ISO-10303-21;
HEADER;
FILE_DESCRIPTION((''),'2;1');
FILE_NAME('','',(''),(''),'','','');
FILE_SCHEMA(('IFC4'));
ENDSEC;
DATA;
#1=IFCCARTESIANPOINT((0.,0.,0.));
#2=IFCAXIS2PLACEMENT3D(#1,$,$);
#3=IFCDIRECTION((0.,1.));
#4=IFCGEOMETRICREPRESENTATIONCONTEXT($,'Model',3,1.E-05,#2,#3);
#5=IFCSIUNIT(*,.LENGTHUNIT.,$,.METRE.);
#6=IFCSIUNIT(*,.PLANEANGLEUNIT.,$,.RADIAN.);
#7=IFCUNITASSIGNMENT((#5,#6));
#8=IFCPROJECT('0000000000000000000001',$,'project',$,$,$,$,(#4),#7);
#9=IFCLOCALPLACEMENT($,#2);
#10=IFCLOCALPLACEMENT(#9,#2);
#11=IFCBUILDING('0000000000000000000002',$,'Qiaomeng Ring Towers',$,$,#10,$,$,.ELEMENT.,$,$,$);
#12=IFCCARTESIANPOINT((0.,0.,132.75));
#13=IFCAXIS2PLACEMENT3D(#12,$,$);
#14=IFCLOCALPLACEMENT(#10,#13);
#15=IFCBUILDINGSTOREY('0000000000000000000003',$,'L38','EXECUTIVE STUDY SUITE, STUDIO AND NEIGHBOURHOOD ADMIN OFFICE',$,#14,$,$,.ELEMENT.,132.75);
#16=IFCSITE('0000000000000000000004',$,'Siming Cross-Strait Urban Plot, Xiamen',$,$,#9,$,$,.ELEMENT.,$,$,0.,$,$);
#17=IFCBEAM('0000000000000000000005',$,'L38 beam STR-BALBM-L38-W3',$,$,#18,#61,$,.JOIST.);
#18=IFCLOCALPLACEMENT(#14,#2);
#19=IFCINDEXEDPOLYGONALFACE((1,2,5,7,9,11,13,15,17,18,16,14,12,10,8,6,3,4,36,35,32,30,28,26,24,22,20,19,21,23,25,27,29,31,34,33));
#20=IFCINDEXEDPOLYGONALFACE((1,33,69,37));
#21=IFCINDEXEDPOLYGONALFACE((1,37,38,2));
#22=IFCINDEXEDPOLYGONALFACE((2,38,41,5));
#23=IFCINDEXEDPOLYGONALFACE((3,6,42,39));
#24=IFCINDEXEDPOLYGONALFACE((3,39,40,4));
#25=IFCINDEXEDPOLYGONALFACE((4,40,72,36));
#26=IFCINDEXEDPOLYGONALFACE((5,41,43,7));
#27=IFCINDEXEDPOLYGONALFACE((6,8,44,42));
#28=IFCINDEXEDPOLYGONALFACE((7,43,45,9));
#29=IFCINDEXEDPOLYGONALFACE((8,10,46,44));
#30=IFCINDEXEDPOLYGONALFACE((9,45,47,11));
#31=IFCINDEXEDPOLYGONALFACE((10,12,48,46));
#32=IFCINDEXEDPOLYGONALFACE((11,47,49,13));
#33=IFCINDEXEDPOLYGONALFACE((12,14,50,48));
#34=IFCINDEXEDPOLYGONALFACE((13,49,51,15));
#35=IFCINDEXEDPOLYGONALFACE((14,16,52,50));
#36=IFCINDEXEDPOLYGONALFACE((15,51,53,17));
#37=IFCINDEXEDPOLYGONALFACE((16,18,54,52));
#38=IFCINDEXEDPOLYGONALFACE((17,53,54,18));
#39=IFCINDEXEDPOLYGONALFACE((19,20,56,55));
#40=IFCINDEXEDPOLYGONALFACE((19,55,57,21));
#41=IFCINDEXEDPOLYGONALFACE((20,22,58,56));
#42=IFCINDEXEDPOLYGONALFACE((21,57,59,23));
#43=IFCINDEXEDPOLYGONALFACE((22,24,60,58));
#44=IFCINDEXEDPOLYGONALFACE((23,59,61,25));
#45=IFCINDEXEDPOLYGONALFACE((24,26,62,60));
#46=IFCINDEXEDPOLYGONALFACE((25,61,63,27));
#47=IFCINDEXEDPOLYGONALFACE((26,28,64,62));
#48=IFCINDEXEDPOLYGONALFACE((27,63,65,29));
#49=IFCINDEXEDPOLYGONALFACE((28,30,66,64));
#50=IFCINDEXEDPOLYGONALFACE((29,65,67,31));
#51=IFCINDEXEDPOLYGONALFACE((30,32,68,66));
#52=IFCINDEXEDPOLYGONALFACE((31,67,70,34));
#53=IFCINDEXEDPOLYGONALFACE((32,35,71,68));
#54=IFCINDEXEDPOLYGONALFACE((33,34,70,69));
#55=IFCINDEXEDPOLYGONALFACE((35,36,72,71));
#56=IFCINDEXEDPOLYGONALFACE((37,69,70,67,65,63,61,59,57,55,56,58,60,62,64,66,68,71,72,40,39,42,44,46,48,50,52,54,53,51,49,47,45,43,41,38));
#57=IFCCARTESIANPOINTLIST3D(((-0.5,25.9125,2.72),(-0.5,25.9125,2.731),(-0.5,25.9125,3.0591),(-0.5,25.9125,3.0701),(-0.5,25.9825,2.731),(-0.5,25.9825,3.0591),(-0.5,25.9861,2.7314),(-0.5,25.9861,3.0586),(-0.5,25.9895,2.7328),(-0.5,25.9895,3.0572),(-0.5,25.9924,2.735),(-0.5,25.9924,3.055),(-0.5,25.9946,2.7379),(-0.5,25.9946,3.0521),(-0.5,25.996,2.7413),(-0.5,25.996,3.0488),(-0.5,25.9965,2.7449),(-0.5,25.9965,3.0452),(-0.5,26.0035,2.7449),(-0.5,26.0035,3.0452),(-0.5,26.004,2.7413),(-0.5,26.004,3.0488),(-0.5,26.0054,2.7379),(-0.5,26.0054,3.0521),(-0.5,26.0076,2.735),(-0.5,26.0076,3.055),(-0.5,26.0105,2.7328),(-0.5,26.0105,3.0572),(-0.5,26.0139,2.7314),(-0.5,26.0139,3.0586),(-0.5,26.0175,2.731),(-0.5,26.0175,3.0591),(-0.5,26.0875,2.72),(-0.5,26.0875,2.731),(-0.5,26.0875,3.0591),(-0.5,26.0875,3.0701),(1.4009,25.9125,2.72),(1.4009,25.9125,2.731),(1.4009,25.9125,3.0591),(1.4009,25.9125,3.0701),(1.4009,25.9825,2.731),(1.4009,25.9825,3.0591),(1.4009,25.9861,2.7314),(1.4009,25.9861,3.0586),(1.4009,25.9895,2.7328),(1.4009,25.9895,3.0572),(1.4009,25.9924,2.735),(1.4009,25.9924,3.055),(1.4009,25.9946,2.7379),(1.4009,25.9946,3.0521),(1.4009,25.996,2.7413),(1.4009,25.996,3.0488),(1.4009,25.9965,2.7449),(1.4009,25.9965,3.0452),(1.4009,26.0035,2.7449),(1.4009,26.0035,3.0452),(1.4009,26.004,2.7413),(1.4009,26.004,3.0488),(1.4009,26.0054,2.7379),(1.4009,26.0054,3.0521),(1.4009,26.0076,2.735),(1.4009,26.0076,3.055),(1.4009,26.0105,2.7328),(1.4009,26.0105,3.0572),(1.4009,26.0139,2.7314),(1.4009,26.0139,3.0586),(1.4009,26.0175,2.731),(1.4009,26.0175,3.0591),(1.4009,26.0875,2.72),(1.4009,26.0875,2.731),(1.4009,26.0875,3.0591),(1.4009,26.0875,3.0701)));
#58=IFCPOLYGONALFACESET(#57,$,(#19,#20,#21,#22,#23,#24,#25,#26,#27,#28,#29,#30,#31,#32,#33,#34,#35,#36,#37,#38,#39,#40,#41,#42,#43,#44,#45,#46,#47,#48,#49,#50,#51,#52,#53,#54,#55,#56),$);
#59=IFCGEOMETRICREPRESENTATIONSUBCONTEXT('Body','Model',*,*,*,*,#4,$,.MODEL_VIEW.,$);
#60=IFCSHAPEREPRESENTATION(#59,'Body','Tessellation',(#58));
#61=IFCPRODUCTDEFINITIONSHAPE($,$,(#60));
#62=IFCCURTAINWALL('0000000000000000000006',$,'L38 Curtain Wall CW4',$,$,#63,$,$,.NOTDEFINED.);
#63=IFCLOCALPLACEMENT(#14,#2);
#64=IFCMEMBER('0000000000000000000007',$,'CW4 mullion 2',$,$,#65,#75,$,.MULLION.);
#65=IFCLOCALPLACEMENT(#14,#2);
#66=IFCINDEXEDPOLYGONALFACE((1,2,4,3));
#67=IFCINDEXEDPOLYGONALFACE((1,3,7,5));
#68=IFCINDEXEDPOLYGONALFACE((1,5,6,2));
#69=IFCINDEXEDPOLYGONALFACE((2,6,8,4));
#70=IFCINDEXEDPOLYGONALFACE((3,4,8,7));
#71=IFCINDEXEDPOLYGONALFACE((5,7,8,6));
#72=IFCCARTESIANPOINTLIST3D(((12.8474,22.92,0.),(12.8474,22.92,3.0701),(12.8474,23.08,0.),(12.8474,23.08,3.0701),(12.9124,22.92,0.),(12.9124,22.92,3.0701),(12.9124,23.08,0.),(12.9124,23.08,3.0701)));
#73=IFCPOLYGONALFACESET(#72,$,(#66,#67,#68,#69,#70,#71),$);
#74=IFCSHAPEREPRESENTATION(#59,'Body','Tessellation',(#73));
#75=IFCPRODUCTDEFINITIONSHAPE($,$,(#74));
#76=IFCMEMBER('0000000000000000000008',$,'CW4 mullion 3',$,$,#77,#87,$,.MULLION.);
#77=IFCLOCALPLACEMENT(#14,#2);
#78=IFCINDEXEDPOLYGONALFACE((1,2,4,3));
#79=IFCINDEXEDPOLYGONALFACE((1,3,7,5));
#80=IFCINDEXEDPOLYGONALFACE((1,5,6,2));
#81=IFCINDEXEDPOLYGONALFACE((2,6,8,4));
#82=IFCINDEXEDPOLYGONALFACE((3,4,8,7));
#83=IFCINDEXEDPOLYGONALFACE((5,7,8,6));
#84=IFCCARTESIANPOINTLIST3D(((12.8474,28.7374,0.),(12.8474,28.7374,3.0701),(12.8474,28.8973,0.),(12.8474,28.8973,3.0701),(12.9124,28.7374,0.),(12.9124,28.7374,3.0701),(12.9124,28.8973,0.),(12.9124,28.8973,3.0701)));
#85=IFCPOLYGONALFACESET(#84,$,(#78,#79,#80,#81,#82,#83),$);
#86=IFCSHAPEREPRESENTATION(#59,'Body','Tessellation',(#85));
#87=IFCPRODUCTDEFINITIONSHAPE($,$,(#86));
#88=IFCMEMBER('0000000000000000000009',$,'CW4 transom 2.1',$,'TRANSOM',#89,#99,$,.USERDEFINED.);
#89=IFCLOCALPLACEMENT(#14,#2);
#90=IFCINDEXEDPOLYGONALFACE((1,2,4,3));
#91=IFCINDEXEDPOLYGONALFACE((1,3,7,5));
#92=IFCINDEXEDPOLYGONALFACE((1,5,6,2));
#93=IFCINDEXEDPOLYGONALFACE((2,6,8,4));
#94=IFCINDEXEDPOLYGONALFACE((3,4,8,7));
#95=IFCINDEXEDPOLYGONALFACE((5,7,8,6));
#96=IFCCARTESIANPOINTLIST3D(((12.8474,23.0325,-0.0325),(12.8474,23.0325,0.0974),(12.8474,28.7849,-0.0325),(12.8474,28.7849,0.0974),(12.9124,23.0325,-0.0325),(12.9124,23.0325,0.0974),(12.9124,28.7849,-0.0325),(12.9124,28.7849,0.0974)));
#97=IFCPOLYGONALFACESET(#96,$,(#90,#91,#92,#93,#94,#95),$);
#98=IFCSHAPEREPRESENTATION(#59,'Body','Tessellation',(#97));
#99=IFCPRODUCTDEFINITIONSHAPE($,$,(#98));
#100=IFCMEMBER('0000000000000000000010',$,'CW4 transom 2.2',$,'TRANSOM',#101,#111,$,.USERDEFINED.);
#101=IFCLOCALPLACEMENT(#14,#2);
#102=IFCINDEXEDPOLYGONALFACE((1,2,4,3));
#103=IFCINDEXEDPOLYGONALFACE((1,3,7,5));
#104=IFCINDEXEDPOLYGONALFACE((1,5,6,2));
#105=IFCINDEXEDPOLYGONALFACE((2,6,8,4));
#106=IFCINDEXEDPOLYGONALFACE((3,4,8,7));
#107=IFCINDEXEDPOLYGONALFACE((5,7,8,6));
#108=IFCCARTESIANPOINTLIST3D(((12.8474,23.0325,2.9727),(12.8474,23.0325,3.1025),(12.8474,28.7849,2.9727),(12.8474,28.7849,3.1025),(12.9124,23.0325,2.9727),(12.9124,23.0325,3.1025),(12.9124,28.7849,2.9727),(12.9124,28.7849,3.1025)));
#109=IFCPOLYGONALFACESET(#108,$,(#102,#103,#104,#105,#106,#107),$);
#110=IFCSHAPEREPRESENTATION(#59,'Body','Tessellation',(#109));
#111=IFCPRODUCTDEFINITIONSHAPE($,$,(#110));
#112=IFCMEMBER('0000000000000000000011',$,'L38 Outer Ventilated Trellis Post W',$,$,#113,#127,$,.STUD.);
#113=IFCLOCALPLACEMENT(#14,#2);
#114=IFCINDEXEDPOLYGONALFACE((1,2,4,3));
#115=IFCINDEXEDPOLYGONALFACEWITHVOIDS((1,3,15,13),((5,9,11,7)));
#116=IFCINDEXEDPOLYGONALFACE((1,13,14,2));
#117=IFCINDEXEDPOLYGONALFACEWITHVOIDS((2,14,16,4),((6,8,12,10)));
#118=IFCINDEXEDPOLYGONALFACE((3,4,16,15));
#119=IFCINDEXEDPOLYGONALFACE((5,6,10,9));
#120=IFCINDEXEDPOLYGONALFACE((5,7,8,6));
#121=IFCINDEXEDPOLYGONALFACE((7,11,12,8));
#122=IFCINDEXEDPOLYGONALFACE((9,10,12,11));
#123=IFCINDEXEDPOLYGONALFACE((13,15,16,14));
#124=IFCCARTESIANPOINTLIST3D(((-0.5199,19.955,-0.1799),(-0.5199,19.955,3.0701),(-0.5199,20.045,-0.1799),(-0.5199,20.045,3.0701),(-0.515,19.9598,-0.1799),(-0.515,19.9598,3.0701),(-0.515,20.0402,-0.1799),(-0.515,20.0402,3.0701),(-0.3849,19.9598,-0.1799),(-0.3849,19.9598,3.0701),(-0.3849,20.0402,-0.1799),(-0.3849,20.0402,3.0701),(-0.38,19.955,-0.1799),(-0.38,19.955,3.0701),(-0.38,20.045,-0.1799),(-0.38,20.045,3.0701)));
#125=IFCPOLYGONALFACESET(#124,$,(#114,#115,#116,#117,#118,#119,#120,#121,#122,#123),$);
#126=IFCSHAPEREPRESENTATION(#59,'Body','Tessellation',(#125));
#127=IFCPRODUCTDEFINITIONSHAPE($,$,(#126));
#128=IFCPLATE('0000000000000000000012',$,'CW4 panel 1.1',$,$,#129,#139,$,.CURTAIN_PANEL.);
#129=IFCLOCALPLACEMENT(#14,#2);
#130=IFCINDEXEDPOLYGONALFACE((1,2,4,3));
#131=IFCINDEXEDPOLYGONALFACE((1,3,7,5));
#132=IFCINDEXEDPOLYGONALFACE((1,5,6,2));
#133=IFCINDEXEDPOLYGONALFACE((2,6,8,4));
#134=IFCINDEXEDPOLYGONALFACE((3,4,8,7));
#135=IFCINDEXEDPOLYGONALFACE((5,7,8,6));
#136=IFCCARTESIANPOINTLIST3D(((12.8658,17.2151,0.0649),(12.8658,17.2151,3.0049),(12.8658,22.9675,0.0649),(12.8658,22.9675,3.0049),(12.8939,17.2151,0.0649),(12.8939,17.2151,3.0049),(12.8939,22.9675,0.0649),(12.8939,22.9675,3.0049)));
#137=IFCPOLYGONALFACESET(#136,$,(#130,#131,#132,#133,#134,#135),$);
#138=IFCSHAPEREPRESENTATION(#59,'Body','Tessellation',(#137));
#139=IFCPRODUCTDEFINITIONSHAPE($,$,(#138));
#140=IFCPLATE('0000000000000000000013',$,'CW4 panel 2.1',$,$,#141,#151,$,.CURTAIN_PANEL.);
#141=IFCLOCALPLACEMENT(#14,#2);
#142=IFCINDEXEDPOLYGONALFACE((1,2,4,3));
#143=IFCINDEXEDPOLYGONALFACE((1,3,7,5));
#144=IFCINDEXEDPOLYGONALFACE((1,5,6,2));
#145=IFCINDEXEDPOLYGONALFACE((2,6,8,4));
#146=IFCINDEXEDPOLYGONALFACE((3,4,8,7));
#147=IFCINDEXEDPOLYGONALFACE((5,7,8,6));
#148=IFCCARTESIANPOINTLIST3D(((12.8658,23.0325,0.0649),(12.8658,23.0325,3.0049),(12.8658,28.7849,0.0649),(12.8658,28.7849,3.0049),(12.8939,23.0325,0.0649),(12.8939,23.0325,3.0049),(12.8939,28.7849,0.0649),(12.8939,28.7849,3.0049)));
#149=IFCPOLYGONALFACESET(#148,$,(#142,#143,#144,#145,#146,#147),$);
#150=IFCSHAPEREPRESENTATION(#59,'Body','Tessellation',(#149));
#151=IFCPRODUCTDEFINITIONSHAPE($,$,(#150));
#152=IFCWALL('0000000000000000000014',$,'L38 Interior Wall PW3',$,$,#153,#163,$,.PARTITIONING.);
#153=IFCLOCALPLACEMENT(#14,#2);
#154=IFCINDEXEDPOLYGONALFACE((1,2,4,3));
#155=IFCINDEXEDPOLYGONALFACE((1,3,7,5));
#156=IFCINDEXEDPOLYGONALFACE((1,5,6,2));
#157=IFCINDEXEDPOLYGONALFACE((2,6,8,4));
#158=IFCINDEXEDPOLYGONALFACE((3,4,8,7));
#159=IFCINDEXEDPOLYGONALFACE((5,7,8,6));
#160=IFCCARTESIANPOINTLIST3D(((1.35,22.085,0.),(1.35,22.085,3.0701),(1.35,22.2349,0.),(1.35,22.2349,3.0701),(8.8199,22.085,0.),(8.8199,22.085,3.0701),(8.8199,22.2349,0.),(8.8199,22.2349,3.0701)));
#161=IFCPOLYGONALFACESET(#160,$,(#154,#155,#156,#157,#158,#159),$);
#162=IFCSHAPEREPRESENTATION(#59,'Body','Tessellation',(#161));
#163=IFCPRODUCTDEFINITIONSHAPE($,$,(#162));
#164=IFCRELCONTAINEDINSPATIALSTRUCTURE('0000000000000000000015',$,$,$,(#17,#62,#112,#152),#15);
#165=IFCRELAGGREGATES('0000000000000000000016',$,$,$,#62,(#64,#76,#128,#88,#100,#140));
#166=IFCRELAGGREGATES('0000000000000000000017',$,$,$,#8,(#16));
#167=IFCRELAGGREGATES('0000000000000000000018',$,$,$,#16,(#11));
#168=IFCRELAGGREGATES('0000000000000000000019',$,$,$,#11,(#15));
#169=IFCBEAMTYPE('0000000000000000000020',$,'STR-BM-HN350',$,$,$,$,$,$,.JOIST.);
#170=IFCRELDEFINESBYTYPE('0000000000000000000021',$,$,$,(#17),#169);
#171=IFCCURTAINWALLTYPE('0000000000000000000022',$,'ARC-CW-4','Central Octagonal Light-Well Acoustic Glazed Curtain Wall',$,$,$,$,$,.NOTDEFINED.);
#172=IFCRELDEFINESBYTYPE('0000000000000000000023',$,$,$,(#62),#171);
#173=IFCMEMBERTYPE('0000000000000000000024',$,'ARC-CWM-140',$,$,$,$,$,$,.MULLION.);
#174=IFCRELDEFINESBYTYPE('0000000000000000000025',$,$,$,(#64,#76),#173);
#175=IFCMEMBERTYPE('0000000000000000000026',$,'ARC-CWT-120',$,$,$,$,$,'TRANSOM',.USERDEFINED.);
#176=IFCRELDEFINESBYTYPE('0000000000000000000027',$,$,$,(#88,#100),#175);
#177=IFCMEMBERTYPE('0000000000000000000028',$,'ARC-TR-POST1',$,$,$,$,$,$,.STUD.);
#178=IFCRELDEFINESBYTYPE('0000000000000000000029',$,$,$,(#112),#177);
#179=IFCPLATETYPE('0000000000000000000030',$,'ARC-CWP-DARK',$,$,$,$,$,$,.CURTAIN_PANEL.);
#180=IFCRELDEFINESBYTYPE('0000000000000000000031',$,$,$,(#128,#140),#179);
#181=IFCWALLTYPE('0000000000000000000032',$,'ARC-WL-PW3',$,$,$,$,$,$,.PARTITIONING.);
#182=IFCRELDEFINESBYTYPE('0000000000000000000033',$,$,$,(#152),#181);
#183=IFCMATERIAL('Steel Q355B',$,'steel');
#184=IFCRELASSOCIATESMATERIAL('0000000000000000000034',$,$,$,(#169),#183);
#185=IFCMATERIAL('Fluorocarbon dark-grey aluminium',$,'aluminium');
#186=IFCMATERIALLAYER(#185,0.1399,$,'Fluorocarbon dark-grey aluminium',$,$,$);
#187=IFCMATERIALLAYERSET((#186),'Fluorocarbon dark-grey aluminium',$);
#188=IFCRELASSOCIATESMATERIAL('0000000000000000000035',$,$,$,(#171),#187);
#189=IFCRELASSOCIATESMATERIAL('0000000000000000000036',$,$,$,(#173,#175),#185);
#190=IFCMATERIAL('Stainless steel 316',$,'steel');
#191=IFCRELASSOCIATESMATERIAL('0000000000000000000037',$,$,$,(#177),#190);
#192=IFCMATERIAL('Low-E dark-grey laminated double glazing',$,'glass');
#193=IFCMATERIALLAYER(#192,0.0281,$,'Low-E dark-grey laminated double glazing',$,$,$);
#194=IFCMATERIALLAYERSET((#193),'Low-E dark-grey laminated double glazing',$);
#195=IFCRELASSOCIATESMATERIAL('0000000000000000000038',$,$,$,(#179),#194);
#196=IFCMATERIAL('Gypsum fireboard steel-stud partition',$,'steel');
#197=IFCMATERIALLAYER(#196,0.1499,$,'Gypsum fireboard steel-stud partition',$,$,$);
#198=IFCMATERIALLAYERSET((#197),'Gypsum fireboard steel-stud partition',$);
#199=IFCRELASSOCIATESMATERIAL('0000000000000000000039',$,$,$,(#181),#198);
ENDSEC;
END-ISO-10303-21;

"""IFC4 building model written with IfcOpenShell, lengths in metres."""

from ifc_helpers import new_model, si_unit, direction, frame, frame_2d, origin, origin_2d, place, context, subcontext, project, spatial, rectangle, hollow_rectangle, i_section, extrude, source, transform, mapped, material, layer, layer_set, material_profile, profile_set, type_object, element, aggregate, save


model = new_model("IFC4")

# Units and contexts
model_context = context("Model", 3, precision=1e-05, world=origin(), true_north=direction((0.0, 1.0)))
body_context = subcontext(model_context, "Body", "Model", "MODEL_VIEW")
ifc_project = project(units=[si_unit("LENGTHUNIT", "METRE"), si_unit("PLANEANGLEUNIT", "RADIAN")], contexts=[model_context])

# Site, building, storey
site_placement = place(None, origin())
site = spatial("IfcSite", under=ifc_project, at=site_placement, Name="Siming Cross-Strait Urban Plot, Xiamen", CompositionType="ELEMENT", RefElevation=0.0)
building_placement = place(site_placement, origin())
building = spatial("IfcBuilding", under=site, at=building_placement, Name="Qiaomeng Ring Towers", CompositionType="ELEMENT")
storey_placement = place(building_placement, frame((0.0, 0.0, 132.75)))
storey = spatial("IfcBuildingStorey", under=building, at=storey_placement, Name="L38", Description="EXECUTIVE STUDY SUITE, STUDIO AND NEIGHBOURHOOD ADMIN OFFICE", CompositionType="ELEMENT", Elevation=132.75)

# Beam
ifc_material_1 = material(Name="Steel Q355B", Category="steel")
ifc_material_profile_1 = material_profile(ifc_material_1, i_section(OverallWidth=0.175, OverallDepth=0.3501, WebThickness=0.0071, FlangeThickness=0.011, FilletRadius=0.0139, at=origin_2d()), Name="HN 350x175x7x11")
ifc_profile_set_1 = profile_set([ifc_material_profile_1], Name="Steel Q355B")
beam_type_1 = type_object("IfcBeamType", Name="STR-BM-HN350", PredefinedType="JOIST", material=ifc_profile_set_1)
shared_shape_1 = source(origin(), body_context, "Body", "SweptSolid", [
    extrude(i_section(OverallWidth=0.175, OverallDepth=0.3501, WebThickness=0.0071, FlangeThickness=0.011, FilletRadius=0.0139, at=origin_2d()), origin(), (0.0, 0.0, 1.0), 1.9009),
])
beam_1_placement = place(storey_placement, frame((-0.5, 26.0, 2.895), z_axis=(1.0, 0.0, 0.0), x_axis=(0.0, 1.0, 0.0)))
element("IfcBeam", 1, at=beam_1_placement, inside=storey, type_object=beam_type_1, Name="L38 beam STR-BALBM-L38-W3", PredefinedType="JOIST", context=body_context, shape_type="MappedRepresentation", body=[
    mapped(shared_shape_1, transform((0.0, 0.0, 0.0), x_axis=(1.0, 0.0, 0.0), y_axis=(0.0, 1.0, 0.0), z_axis=(0.0, 0.0, 1.0), scale=1.0)),
])

# Curtain wall, members
ifc_material_2 = material(Name="Fluorocarbon dark-grey aluminium", Category="aluminium")
ifc_layer_1 = layer(ifc_material_2, 0.1399, Name="Fluorocarbon dark-grey aluminium")
ifc_layer_set_1 = layer_set([ifc_layer_1], Name="Fluorocarbon dark-grey aluminium")
curtain_wall_type = type_object("IfcCurtainWallType", Name="ARC-CW-4", Description="Central Octagonal Light-Well Acoustic Glazed Curtain Wall", PredefinedType="NOTDEFINED", material=ifc_layer_set_1)
curtain_wall_placement = place(storey_placement, origin())
curtain_wall = element("IfcCurtainWall", 2, at=curtain_wall_placement, inside=storey, type_object=curtain_wall_type, Name="L38 Curtain Wall CW4", PredefinedType="NOTDEFINED")
ifc_material_profile_2 = material_profile(ifc_material_2, rectangle(XDim=0.0649, YDim=0.1599, at=origin_2d()), Name="ALU MULL 65x160")
ifc_profile_set_2 = profile_set([ifc_material_profile_2], Name="Fluorocarbon dark-grey aluminium")
member_type_1 = type_object("IfcMemberType", Name="ARC-CWM-140", PredefinedType="MULLION", material=ifc_profile_set_2)
shared_shape_2 = source(origin(), body_context, "Body", "SweptSolid", [
    extrude(rectangle(XDim=0.0649, YDim=0.1599, at=origin_2d()), origin(), (0.0, 0.0, 1.0), 3.0701),
])
member_1_placement = place(storey_placement, frame((12.8799, 23.0, 0.0), z_axis=(0.0, 0.0, 1.0), x_axis=(-1.0, 0.0, 0.0)))
member_1 = element("IfcMember", 3, at=member_1_placement, type_object=member_type_1, Name="CW4 mullion 2", PredefinedType="MULLION", context=body_context, shape_type="MappedRepresentation", body=[
    mapped(shared_shape_2, transform((0.0, 0.0, 0.0), x_axis=(1.0, 0.0, 0.0), y_axis=(0.0, 1.0, 0.0), z_axis=(0.0, 0.0, 1.0), scale=1.0)),
])
member_2_placement = place(storey_placement, frame((12.8799, 28.8174, 0.0), z_axis=(0.0, 0.0, 1.0), x_axis=(-1.0, 0.0, 0.0)))
member_2 = element("IfcMember", 4, at=member_2_placement, type_object=member_type_1, Name="CW4 mullion 3", PredefinedType="MULLION", context=body_context, shape_type="MappedRepresentation", body=[
    mapped(shared_shape_2, transform((0.0, 0.0, 0.0), x_axis=(1.0, 0.0, 0.0), y_axis=(0.0, 1.0, 0.0), z_axis=(0.0, 0.0, 1.0), scale=1.0)),
])
ifc_material_profile_3 = material_profile(ifc_material_2, rectangle(XDim=0.0649, YDim=0.1299, at=origin_2d()), Name="ALU TRAN 65x130")
ifc_profile_set_3 = profile_set([ifc_material_profile_3], Name="Fluorocarbon dark-grey aluminium")
member_type_2 = type_object("IfcMemberType", Name="ARC-CWT-120", ElementType="TRANSOM", PredefinedType="USERDEFINED", material=ifc_profile_set_3)
shared_shape_3 = source(origin(), body_context, "Body", "SweptSolid", [
    extrude(rectangle(XDim=0.0649, YDim=0.1299, at=origin_2d()), origin(), (0.0, 0.0, 1.0), 5.7524),
])
member_3_placement = place(storey_placement, frame((12.8799, 23.0325, 0.0325), z_axis=(0.0, 1.0, 0.0), x_axis=(-1.0, 0.0, 0.0)))
member_3 = element("IfcMember", 5, at=member_3_placement, type_object=member_type_2, Name="CW4 transom 2.1", ObjectType="TRANSOM", PredefinedType="USERDEFINED", context=body_context, shape_type="MappedRepresentation", body=[
    mapped(shared_shape_3, transform((0.0, 0.0, 0.0), x_axis=(1.0, 0.0, 0.0), y_axis=(0.0, 1.0, 0.0), z_axis=(0.0, 0.0, 1.0), scale=1.0)),
])
member_4_placement = place(storey_placement, frame((12.8799, 23.0325, 3.0376), z_axis=(0.0, 1.0, 0.0), x_axis=(-1.0, 0.0, 0.0)))
member_4 = element("IfcMember", 6, at=member_4_placement, type_object=member_type_2, Name="CW4 transom 2.2", ObjectType="TRANSOM", PredefinedType="USERDEFINED", context=body_context, shape_type="MappedRepresentation", body=[
    mapped(shared_shape_3, transform((0.0, 0.0, 0.0), x_axis=(1.0, 0.0, 0.0), y_axis=(0.0, 1.0, 0.0), z_axis=(0.0, 0.0, 1.0), scale=1.0)),
])

# Member
ifc_material_3 = material(Name="Stainless steel 316", Category="steel")
ifc_material_profile_4 = material_profile(ifc_material_3, hollow_rectangle(XDim=0.0901, YDim=0.1399, WallThickness=0.0049, at=origin_2d()), Name="SS TRELLIS 90x140")
ifc_profile_set_4 = profile_set([ifc_material_profile_4], Name="Stainless steel 316")
member_type_3 = type_object("IfcMemberType", Name="ARC-TR-POST1", PredefinedType="STUD", material=ifc_profile_set_4)
shared_shape_4 = source(origin(), body_context, "Body", "SweptSolid", [
    extrude(hollow_rectangle(XDim=0.0901, YDim=0.1399, WallThickness=0.0049, at=origin_2d()), origin(), (0.0, 0.0, 1.0), 3.25),
])
member_5_placement = place(storey_placement, frame((-0.45, 20.0, -0.1799), z_axis=(0.0, 0.0, 1.0), x_axis=(0.0, 1.0, 0.0)))
element("IfcMember", 7, at=member_5_placement, inside=storey, type_object=member_type_3, Name="L38 Outer Ventilated Trellis Post W", PredefinedType="STUD", context=body_context, shape_type="MappedRepresentation", body=[
    mapped(shared_shape_4, transform((0.0, 0.0, 0.0), x_axis=(1.0, 0.0, 0.0), y_axis=(0.0, 1.0, 0.0), z_axis=(0.0, 0.0, 1.0), scale=1.0)),
])

# Plates
ifc_material_4 = material(Name="Low-E dark-grey laminated double glazing", Category="glass")
ifc_layer_2 = layer(ifc_material_4, 0.0281, Name="Low-E dark-grey laminated double glazing")
ifc_layer_set_2 = layer_set([ifc_layer_2], Name="Low-E dark-grey laminated double glazing")
plate_type = type_object("IfcPlateType", Name="ARC-CWP-DARK", PredefinedType="CURTAIN_PANEL", material=ifc_layer_set_2)
shared_shape_5 = source(origin(), body_context, "Body", "SweptSolid", [
    extrude(rectangle(XDim=5.7524, YDim=0.0281, at=origin_2d()), origin(), (0.0, 0.0, 1.0), 2.9399),
])
plate_1_placement = place(storey_placement, frame((12.8799, 20.0913, 0.0649), z_axis=(0.0, 0.0, 1.0), x_axis=(0.0, 1.0, 0.0)))
plate_1 = element("IfcPlate", 8, at=plate_1_placement, type_object=plate_type, Name="CW4 panel 1.1", PredefinedType="CURTAIN_PANEL", context=body_context, shape_type="MappedRepresentation", body=[
    mapped(shared_shape_5, transform((0.0, 0.0, 0.0), x_axis=(1.0, 0.0, 0.0), y_axis=(0.0, 1.0, 0.0), z_axis=(0.0, 0.0, 1.0), scale=1.0)),
])
plate_2_placement = place(storey_placement, frame((12.8799, 25.9087, 0.0649), z_axis=(0.0, 0.0, 1.0), x_axis=(0.0, 1.0, 0.0)))
plate_2 = element("IfcPlate", 9, at=plate_2_placement, type_object=plate_type, Name="CW4 panel 2.1", PredefinedType="CURTAIN_PANEL", context=body_context, shape_type="MappedRepresentation", body=[
    mapped(shared_shape_5, transform((0.0, 0.0, 0.0), x_axis=(1.0, 0.0, 0.0), y_axis=(0.0, 1.0, 0.0), z_axis=(0.0, 0.0, 1.0), scale=1.0)),
])
aggregate(curtain_wall, [member_1, member_2, plate_1, member_3, member_4, plate_2])

# Wall
ifc_material_5 = material(Name="Gypsum fireboard steel-stud partition", Category="steel")
ifc_layer_3 = layer(ifc_material_5, 0.1499, Name="Gypsum fireboard steel-stud partition")
ifc_layer_set_3 = layer_set([ifc_layer_3], Name="Gypsum fireboard steel-stud partition")
wall_type_1 = type_object("IfcWallType", Name="ARC-WL-PW3", PredefinedType="PARTITIONING", material=ifc_layer_set_3)
wall_1_placement = place(storey_placement, frame((1.3501, 22.1599, 0.0), z_axis=(0.0, 0.0, 1.0), x_axis=(1.0, 0.0, 0.0)))
element("IfcWall", 10, at=wall_1_placement, inside=storey, type_object=wall_type_1, Name="L38 Interior Wall PW3", PredefinedType="PARTITIONING", context=body_context, shape_type="SweptSolid", body=[
    extrude(rectangle(XDim=7.47, YDim=0.1499, at=frame_2d((3.7349, 0.0))), origin(), (0.0, 0.0, 1.0), 3.0701),
])

save(model, "model.ifc")
